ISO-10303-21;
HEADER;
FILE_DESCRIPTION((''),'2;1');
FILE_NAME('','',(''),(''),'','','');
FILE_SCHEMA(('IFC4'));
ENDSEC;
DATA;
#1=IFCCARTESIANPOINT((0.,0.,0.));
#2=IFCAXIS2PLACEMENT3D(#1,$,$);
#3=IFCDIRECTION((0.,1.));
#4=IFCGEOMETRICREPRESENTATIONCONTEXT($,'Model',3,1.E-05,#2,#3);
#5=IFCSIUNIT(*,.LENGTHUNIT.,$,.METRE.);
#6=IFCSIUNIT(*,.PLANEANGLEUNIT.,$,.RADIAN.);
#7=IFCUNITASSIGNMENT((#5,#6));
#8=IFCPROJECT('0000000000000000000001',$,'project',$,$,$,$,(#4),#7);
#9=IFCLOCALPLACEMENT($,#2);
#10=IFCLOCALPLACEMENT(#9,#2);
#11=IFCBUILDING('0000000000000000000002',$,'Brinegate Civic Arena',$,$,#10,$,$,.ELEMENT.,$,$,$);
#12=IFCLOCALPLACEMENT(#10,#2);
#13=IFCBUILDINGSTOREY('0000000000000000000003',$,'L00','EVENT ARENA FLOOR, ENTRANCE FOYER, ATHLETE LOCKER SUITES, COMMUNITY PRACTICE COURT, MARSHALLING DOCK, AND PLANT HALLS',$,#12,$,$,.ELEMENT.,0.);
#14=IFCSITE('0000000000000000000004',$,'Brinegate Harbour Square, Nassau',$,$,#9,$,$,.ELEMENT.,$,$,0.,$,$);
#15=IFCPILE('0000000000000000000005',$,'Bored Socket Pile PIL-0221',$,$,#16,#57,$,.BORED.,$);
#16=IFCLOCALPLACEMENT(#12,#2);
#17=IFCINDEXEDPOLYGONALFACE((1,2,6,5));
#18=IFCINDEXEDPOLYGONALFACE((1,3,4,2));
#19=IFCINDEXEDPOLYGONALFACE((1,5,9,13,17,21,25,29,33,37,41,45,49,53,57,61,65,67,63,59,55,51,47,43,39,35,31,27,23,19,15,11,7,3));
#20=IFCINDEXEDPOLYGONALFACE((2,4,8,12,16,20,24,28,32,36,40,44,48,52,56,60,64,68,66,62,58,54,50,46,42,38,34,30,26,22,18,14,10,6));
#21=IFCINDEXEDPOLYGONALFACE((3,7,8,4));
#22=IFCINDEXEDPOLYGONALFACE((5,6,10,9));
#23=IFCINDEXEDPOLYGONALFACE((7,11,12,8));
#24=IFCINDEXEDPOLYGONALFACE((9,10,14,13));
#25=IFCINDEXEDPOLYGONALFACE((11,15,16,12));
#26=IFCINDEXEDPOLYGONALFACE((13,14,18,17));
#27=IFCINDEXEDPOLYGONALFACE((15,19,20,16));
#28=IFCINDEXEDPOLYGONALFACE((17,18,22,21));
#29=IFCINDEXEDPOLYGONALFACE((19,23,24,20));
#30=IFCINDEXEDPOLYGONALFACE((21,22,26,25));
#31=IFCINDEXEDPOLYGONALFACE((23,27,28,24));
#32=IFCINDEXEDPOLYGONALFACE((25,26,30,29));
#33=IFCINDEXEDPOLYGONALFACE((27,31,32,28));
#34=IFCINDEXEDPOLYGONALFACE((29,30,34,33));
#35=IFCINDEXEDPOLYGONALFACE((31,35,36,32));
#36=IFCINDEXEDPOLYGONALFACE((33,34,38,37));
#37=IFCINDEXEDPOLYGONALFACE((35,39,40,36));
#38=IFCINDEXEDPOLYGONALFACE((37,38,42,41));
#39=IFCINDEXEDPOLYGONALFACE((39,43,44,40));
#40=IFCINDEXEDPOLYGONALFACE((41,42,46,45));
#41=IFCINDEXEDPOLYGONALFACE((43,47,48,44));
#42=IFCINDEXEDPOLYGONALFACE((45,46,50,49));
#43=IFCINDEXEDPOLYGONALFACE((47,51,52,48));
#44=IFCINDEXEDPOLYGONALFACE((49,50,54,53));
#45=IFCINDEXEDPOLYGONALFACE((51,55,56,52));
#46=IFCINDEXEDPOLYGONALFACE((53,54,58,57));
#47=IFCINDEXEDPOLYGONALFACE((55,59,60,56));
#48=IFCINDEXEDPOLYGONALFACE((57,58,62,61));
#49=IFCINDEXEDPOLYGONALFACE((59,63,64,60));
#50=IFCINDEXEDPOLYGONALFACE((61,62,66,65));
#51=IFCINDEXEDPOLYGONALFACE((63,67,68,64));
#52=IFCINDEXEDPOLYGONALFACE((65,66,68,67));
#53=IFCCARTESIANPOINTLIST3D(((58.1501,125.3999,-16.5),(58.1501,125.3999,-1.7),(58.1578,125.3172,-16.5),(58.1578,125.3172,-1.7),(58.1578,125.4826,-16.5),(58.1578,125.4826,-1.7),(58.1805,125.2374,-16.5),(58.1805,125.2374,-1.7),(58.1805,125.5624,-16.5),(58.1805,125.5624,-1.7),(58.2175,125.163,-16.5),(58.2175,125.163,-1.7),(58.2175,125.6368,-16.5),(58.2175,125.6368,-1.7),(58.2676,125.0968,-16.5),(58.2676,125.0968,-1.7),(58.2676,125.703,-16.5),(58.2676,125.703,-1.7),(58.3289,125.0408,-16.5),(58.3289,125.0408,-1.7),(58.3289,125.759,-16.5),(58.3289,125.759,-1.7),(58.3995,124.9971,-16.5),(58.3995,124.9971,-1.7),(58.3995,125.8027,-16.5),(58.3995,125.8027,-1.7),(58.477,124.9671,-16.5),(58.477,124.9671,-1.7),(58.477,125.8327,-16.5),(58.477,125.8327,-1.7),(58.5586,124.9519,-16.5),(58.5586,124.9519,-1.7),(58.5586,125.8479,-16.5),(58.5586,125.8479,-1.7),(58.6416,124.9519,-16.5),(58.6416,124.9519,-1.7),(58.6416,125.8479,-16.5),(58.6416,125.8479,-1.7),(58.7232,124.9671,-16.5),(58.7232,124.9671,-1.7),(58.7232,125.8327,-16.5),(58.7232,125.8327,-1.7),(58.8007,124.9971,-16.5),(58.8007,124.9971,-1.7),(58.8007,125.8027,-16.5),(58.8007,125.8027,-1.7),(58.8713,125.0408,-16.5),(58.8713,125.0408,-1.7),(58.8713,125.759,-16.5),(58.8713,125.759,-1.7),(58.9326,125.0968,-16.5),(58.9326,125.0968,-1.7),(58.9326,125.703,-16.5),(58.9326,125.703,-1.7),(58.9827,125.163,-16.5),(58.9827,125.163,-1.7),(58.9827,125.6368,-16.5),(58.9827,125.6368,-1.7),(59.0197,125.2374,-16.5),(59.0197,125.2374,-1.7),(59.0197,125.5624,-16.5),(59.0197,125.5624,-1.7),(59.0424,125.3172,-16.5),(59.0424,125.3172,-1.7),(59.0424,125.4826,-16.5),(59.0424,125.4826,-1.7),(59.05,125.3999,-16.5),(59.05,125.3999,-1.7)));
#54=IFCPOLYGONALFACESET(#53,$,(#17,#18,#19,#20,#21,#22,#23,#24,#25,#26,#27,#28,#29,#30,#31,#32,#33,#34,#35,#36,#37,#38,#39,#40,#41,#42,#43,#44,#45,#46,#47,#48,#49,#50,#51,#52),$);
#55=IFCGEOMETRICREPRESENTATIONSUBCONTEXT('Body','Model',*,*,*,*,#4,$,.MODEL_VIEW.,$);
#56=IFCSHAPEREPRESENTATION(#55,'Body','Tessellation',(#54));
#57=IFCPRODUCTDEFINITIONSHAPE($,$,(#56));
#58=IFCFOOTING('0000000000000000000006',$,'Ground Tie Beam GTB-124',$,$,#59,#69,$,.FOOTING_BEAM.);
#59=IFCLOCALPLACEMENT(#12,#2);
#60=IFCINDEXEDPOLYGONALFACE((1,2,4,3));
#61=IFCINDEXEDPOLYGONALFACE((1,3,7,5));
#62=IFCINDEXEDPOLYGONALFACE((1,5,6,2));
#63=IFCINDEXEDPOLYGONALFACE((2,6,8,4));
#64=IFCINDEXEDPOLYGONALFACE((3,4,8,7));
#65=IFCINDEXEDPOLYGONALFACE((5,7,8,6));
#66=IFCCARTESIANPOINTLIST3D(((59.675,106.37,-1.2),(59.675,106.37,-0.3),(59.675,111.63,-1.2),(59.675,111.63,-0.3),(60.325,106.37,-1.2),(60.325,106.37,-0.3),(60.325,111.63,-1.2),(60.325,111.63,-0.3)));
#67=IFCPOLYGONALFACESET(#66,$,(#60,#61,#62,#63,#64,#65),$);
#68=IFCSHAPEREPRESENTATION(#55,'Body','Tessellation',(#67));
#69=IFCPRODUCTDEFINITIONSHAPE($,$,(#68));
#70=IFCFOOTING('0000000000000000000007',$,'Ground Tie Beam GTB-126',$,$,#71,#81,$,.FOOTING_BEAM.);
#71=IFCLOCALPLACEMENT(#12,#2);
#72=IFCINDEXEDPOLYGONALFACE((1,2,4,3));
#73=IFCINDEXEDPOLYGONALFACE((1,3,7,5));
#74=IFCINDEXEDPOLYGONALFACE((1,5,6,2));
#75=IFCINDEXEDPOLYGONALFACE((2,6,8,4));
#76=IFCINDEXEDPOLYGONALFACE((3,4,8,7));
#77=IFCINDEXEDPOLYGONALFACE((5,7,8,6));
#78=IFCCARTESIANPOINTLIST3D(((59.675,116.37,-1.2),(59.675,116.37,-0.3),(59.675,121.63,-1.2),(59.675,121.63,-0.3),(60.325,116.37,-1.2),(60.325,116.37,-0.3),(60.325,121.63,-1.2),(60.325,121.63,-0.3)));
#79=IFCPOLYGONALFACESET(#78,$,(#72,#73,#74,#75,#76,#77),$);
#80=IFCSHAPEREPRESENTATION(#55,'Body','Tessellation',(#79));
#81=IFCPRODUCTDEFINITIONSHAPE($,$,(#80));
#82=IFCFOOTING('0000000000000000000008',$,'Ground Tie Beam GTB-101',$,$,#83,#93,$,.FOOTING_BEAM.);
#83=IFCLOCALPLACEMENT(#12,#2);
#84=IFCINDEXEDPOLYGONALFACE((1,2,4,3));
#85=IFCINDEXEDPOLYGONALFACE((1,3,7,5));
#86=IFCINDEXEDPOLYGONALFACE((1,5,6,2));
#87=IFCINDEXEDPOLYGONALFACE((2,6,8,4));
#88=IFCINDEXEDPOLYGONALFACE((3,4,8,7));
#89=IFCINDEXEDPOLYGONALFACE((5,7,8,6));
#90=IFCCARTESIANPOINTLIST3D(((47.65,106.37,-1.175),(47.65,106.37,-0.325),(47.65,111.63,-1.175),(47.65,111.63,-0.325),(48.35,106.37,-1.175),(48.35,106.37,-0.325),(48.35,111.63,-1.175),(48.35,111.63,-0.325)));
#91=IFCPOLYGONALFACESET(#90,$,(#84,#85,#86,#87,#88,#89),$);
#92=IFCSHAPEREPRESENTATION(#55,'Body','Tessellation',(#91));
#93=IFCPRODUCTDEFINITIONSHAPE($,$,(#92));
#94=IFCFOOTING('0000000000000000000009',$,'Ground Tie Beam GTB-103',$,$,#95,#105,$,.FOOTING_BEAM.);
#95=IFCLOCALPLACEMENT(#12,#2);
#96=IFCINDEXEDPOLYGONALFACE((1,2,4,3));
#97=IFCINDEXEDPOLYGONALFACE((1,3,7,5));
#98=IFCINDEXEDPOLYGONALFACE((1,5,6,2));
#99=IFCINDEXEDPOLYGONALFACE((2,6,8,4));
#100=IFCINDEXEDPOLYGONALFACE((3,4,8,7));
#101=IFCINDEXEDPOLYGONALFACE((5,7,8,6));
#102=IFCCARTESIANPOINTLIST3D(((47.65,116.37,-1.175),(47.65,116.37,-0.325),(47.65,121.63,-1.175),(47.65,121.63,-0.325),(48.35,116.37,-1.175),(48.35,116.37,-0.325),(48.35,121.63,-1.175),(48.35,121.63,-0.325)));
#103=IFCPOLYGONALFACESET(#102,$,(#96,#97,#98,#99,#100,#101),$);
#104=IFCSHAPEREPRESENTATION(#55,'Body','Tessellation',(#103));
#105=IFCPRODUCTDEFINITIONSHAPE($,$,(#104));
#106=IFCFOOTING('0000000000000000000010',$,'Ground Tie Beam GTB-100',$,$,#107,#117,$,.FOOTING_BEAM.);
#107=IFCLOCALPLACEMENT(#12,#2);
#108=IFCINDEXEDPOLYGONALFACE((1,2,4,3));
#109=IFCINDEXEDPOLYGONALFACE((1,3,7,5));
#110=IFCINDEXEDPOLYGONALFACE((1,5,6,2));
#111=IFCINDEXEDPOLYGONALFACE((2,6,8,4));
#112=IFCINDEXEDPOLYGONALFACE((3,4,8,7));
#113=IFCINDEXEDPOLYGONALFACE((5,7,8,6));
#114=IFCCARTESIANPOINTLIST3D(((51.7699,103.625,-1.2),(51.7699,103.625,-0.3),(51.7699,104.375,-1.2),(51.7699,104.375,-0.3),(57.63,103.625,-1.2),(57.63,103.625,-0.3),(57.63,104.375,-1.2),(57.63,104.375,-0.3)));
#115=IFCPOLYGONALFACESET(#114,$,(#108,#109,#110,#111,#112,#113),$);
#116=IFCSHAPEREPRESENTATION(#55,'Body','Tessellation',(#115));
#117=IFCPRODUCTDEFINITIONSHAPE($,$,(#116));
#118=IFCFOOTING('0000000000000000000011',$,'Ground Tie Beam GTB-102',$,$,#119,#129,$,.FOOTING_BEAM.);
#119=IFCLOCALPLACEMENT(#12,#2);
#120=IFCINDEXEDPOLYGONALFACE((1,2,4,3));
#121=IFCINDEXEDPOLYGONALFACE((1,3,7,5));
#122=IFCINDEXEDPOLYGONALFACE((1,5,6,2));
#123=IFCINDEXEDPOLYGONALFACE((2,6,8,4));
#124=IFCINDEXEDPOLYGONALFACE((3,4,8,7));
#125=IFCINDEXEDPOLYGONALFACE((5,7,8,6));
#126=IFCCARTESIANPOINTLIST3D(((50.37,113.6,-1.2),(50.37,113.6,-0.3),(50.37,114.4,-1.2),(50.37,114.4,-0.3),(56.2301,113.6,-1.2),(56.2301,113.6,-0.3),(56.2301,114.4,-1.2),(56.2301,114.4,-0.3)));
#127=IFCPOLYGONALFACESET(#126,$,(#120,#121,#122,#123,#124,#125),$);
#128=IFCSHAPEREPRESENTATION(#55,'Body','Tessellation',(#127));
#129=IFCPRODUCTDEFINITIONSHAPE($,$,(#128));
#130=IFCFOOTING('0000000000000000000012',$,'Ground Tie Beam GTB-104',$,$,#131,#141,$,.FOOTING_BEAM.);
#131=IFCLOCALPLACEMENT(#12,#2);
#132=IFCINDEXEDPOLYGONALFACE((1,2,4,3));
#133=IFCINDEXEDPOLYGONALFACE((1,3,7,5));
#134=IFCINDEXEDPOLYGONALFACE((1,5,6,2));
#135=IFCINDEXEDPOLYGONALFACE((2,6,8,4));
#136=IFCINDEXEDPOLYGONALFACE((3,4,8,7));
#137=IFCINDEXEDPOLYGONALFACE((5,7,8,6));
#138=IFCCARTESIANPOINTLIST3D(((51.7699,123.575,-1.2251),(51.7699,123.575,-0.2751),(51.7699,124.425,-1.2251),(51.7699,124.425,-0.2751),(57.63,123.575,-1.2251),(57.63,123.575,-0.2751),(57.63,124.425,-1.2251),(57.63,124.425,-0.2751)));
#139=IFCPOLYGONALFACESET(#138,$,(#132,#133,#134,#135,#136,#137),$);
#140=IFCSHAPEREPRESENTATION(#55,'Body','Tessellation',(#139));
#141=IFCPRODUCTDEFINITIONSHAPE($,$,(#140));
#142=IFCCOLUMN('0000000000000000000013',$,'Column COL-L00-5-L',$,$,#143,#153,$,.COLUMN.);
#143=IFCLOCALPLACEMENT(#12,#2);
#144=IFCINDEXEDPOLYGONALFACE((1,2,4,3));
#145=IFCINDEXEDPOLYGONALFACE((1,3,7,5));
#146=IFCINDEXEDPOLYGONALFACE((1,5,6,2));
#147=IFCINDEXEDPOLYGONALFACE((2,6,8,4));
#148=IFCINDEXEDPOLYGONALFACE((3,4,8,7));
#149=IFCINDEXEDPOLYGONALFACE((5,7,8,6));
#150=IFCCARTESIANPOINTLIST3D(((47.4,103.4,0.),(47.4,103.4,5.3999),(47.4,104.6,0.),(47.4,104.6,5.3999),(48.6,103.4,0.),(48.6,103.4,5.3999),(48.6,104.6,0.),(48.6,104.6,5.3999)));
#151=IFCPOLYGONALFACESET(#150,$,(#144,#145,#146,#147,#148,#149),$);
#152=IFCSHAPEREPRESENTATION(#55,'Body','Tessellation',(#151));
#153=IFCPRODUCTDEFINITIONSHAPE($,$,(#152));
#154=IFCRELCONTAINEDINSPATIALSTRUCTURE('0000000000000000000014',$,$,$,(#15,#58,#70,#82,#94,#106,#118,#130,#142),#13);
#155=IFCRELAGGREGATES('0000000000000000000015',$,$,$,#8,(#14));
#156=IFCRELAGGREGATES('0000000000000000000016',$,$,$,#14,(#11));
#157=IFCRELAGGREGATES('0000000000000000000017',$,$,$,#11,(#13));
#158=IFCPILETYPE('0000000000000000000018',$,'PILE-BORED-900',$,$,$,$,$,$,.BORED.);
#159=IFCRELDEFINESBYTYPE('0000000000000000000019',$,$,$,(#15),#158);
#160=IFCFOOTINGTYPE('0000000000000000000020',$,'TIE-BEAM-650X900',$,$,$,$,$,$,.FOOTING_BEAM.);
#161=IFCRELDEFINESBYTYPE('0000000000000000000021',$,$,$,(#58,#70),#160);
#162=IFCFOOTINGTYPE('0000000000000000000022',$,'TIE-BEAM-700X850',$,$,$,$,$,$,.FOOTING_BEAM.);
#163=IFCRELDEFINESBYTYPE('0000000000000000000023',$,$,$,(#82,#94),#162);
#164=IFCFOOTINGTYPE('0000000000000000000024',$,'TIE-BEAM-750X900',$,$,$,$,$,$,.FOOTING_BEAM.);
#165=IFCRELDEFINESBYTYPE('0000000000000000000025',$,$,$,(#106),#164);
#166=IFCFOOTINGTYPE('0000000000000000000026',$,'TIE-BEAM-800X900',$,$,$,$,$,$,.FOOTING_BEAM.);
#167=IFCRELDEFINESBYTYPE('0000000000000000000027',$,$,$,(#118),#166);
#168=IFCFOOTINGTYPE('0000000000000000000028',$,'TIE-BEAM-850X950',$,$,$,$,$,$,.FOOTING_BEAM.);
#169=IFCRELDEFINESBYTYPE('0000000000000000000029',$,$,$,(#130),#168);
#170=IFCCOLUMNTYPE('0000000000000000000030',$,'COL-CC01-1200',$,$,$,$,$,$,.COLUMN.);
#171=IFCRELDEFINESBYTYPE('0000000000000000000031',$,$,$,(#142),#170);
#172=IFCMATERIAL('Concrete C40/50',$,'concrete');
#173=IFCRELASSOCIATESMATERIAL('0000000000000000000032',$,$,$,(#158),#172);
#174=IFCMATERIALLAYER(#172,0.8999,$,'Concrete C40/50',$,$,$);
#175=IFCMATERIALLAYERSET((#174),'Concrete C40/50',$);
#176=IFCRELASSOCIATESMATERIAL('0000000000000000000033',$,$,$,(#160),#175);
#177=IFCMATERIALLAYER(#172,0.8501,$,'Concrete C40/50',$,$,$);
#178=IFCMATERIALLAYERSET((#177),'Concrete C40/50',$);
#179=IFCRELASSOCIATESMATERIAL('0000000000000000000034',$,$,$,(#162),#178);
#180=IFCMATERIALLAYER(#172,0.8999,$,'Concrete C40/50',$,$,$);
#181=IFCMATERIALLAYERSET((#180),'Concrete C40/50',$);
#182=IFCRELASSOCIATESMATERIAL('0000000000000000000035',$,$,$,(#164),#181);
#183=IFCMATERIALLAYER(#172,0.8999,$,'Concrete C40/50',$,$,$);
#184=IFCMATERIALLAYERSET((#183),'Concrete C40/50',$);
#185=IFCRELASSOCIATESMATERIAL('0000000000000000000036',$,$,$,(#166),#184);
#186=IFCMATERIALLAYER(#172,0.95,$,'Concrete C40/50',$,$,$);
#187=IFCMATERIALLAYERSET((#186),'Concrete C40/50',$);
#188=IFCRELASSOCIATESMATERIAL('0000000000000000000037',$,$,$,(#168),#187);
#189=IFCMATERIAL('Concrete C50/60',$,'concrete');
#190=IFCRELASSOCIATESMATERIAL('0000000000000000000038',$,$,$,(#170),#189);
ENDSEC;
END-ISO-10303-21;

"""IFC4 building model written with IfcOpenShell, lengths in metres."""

from ifc_helpers import new_model, si_unit, direction, frame, origin, origin_2d, place, context, subcontext, project, spatial, rectangle, circle, extrude, material, layer, layer_set, material_profile, profile_set, type_object, element, save


model = new_model("IFC4")

# Units and contexts
model_context = context("Model", 3, precision=1e-05, world=origin(), true_north=direction((0.0, 1.0)))
body_context = subcontext(model_context, "Body", "Model", "MODEL_VIEW")
ifc_project = project(units=[si_unit("LENGTHUNIT", "METRE"), si_unit("PLANEANGLEUNIT", "RADIAN")], contexts=[model_context])

# Site, building, storey
site_placement = place(None, origin())
site = spatial("IfcSite", under=ifc_project, at=site_placement, Name="Brinegate Harbour Square, Nassau", CompositionType="ELEMENT", RefElevation=0.0)
building_placement = place(site_placement, origin())
building = spatial("IfcBuilding", under=site, at=building_placement, Name="Brinegate Civic Arena", CompositionType="ELEMENT")
storey_placement = place(building_placement, origin())
storey = spatial("IfcBuildingStorey", under=building, at=storey_placement, Name="L00", Description="EVENT ARENA FLOOR, ENTRANCE FOYER, ATHLETE LOCKER SUITES, COMMUNITY PRACTICE COURT, MARSHALLING DOCK, AND PLANT HALLS", CompositionType="ELEMENT", Elevation=0.0)

# Shared definitions
ifc_material_1 = material(Name="Concrete C40/50", Category="concrete")

# Pile
ifc_material_profile_1 = material_profile(ifc_material_1, circle(Radius=0.45, at=origin_2d()), Name="PILED900")
ifc_profile_set_1 = profile_set([ifc_material_profile_1], Name="Concrete C40/50")
pile_type_1 = type_object("IfcPileType", Name="PILE-BORED-900", PredefinedType="BORED", material=ifc_profile_set_1)
for number, where, z_axis, x_axis, name in (
    (1, (58.6001, 125.3999, -1.7), (0.0, 0.0, -1.0), (1.0, 0.0, 0.0), "Bored Socket Pile PIL-0221"),
):
    element("IfcPile", number, at=place(storey_placement, frame(where, z_axis=z_axis, x_axis=x_axis)), inside=storey, type_object=pile_type_1, Name=name, PredefinedType="BORED", context=body_context, shape_type="SweptSolid", body=[
        extrude(circle(Radius=0.45, at=origin_2d()), origin(), (0.0, 0.0, 1.0), 14.8),
    ])

# Footings
ifc_layer_1 = layer(ifc_material_1, 0.8999, Name="Concrete C40/50")
ifc_layer_set_1 = layer_set([ifc_layer_1], Name="Concrete C40/50")
footing_type_1 = type_object("IfcFootingType", Name="TIE-BEAM-650X900", PredefinedType="FOOTING_BEAM", material=ifc_layer_set_1)
for number, where, z_axis, x_axis, name in (
    (2, (60.0, 109.0, -1.2), (0.0, 0.0, 1.0), (0.0, 1.0, 0.0), "Ground Tie Beam GTB-124"),
    (3, (60.0, 119.0, -1.2), (0.0, 0.0, 1.0), (0.0, 1.0, 0.0), "Ground Tie Beam GTB-126"),
):
    element("IfcFooting", number, at=place(storey_placement, frame(where, z_axis=z_axis, x_axis=x_axis)), inside=storey, type_object=footing_type_1, Name=name, PredefinedType="FOOTING_BEAM", context=body_context, shape_type="SweptSolid", body=[
        extrude(rectangle(XDim=5.26, YDim=0.6499, at=origin_2d()), origin(), (0.0, 0.0, 1.0), 0.8999),
    ])
ifc_layer_2 = layer(ifc_material_1, 0.8501, Name="Concrete C40/50")
ifc_layer_set_2 = layer_set([ifc_layer_2], Name="Concrete C40/50")
footing_type_2 = type_object("IfcFootingType", Name="TIE-BEAM-700X850", PredefinedType="FOOTING_BEAM", material=ifc_layer_set_2)
for number, where, z_axis, x_axis, name in (
    (4, (48.0, 109.0, -1.175), (0.0, 0.0, 1.0), (0.0, 1.0, 0.0), "Ground Tie Beam GTB-101"),
    (5, (48.0, 119.0, -1.175), (0.0, 0.0, 1.0), (0.0, 1.0, 0.0), "Ground Tie Beam GTB-103"),
):
    element("IfcFooting", number, at=place(storey_placement, frame(where, z_axis=z_axis, x_axis=x_axis)), inside=storey, type_object=footing_type_2, Name=name, PredefinedType="FOOTING_BEAM", context=body_context, shape_type="SweptSolid", body=[
        extrude(rectangle(XDim=5.26, YDim=0.7, at=origin_2d()), origin(), (0.0, 0.0, 1.0), 0.8501),
    ])
ifc_layer_3 = layer(ifc_material_1, 0.8999, Name="Concrete C40/50")
ifc_layer_set_3 = layer_set([ifc_layer_3], Name="Concrete C40/50")
footing_type_3 = type_object("IfcFootingType", Name="TIE-BEAM-750X900", PredefinedType="FOOTING_BEAM", material=ifc_layer_set_3)
footing_1_placement = place(storey_placement, frame((54.7, 104.0, -1.2), z_axis=(0.0, 0.0, 1.0), x_axis=(1.0, 0.0, 0.0)))
element("IfcFooting", 6, at=footing_1_placement, inside=storey, type_object=footing_type_3, Name="Ground Tie Beam GTB-100", PredefinedType="FOOTING_BEAM", context=body_context, shape_type="SweptSolid", body=[
    extrude(rectangle(XDim=5.8601, YDim=0.75, at=origin_2d()), origin(), (0.0, 0.0, 1.0), 0.8999),
])
ifc_layer_4 = layer(ifc_material_1, 0.8999, Name="Concrete C40/50")
ifc_layer_set_4 = layer_set([ifc_layer_4], Name="Concrete C40/50")
footing_type_4 = type_object("IfcFootingType", Name="TIE-BEAM-800X900", PredefinedType="FOOTING_BEAM", material=ifc_layer_set_4)
footing_2_placement = place(storey_placement, frame((53.3, 114.0, -1.2), z_axis=(0.0, 0.0, 1.0), x_axis=(1.0, 0.0, 0.0)))
element("IfcFooting", 7, at=footing_2_placement, inside=storey, type_object=footing_type_4, Name="Ground Tie Beam GTB-102", PredefinedType="FOOTING_BEAM", context=body_context, shape_type="SweptSolid", body=[
    extrude(rectangle(XDim=5.8601, YDim=0.8, at=origin_2d()), origin(), (0.0, 0.0, 1.0), 0.8999),
])
ifc_layer_5 = layer(ifc_material_1, 0.95, Name="Concrete C40/50")
ifc_layer_set_5 = layer_set([ifc_layer_5], Name="Concrete C40/50")
footing_type_5 = type_object("IfcFootingType", Name="TIE-BEAM-850X950", PredefinedType="FOOTING_BEAM", material=ifc_layer_set_5)
footing_3_placement = place(storey_placement, frame((54.7, 124.0, -1.2251), z_axis=(0.0, 0.0, 1.0), x_axis=(1.0, 0.0, 0.0)))
element("IfcFooting", 8, at=footing_3_placement, inside=storey, type_object=footing_type_5, Name="Ground Tie Beam GTB-104", PredefinedType="FOOTING_BEAM", context=body_context, shape_type="SweptSolid", body=[
    extrude(rectangle(XDim=5.8601, YDim=0.8501, at=origin_2d()), origin(), (0.0, 0.0, 1.0), 0.95),
])

# Column
ifc_material_2 = material(Name="Concrete C50/60", Category="concrete")
ifc_material_profile_2 = material_profile(ifc_material_2, rectangle(XDim=1.2, YDim=1.2, at=origin_2d()), Name="RC1200X1200")
ifc_profile_set_2 = profile_set([ifc_material_profile_2], Name="Concrete C50/60")
column_type_1 = type_object("IfcColumnType", Name="COL-CC01-1200", PredefinedType="COLUMN", material=ifc_profile_set_2)
column_1_placement = place(storey_placement, frame((48.0, 104.0, 0.0), z_axis=(0.0, 0.0, 1.0), x_axis=(1.0, 0.0, 0.0)))
element("IfcColumn", 9, at=column_1_placement, inside=storey, type_object=column_type_1, Name="Column COL-L00-5-L", PredefinedType="COLUMN", context=body_context, shape_type="SweptSolid", body=[
    extrude(rectangle(XDim=1.2, YDim=1.2, at=origin_2d()), origin(), (0.0, 0.0, 1.0), 5.3999),
])

save(model, "model.ifc")
